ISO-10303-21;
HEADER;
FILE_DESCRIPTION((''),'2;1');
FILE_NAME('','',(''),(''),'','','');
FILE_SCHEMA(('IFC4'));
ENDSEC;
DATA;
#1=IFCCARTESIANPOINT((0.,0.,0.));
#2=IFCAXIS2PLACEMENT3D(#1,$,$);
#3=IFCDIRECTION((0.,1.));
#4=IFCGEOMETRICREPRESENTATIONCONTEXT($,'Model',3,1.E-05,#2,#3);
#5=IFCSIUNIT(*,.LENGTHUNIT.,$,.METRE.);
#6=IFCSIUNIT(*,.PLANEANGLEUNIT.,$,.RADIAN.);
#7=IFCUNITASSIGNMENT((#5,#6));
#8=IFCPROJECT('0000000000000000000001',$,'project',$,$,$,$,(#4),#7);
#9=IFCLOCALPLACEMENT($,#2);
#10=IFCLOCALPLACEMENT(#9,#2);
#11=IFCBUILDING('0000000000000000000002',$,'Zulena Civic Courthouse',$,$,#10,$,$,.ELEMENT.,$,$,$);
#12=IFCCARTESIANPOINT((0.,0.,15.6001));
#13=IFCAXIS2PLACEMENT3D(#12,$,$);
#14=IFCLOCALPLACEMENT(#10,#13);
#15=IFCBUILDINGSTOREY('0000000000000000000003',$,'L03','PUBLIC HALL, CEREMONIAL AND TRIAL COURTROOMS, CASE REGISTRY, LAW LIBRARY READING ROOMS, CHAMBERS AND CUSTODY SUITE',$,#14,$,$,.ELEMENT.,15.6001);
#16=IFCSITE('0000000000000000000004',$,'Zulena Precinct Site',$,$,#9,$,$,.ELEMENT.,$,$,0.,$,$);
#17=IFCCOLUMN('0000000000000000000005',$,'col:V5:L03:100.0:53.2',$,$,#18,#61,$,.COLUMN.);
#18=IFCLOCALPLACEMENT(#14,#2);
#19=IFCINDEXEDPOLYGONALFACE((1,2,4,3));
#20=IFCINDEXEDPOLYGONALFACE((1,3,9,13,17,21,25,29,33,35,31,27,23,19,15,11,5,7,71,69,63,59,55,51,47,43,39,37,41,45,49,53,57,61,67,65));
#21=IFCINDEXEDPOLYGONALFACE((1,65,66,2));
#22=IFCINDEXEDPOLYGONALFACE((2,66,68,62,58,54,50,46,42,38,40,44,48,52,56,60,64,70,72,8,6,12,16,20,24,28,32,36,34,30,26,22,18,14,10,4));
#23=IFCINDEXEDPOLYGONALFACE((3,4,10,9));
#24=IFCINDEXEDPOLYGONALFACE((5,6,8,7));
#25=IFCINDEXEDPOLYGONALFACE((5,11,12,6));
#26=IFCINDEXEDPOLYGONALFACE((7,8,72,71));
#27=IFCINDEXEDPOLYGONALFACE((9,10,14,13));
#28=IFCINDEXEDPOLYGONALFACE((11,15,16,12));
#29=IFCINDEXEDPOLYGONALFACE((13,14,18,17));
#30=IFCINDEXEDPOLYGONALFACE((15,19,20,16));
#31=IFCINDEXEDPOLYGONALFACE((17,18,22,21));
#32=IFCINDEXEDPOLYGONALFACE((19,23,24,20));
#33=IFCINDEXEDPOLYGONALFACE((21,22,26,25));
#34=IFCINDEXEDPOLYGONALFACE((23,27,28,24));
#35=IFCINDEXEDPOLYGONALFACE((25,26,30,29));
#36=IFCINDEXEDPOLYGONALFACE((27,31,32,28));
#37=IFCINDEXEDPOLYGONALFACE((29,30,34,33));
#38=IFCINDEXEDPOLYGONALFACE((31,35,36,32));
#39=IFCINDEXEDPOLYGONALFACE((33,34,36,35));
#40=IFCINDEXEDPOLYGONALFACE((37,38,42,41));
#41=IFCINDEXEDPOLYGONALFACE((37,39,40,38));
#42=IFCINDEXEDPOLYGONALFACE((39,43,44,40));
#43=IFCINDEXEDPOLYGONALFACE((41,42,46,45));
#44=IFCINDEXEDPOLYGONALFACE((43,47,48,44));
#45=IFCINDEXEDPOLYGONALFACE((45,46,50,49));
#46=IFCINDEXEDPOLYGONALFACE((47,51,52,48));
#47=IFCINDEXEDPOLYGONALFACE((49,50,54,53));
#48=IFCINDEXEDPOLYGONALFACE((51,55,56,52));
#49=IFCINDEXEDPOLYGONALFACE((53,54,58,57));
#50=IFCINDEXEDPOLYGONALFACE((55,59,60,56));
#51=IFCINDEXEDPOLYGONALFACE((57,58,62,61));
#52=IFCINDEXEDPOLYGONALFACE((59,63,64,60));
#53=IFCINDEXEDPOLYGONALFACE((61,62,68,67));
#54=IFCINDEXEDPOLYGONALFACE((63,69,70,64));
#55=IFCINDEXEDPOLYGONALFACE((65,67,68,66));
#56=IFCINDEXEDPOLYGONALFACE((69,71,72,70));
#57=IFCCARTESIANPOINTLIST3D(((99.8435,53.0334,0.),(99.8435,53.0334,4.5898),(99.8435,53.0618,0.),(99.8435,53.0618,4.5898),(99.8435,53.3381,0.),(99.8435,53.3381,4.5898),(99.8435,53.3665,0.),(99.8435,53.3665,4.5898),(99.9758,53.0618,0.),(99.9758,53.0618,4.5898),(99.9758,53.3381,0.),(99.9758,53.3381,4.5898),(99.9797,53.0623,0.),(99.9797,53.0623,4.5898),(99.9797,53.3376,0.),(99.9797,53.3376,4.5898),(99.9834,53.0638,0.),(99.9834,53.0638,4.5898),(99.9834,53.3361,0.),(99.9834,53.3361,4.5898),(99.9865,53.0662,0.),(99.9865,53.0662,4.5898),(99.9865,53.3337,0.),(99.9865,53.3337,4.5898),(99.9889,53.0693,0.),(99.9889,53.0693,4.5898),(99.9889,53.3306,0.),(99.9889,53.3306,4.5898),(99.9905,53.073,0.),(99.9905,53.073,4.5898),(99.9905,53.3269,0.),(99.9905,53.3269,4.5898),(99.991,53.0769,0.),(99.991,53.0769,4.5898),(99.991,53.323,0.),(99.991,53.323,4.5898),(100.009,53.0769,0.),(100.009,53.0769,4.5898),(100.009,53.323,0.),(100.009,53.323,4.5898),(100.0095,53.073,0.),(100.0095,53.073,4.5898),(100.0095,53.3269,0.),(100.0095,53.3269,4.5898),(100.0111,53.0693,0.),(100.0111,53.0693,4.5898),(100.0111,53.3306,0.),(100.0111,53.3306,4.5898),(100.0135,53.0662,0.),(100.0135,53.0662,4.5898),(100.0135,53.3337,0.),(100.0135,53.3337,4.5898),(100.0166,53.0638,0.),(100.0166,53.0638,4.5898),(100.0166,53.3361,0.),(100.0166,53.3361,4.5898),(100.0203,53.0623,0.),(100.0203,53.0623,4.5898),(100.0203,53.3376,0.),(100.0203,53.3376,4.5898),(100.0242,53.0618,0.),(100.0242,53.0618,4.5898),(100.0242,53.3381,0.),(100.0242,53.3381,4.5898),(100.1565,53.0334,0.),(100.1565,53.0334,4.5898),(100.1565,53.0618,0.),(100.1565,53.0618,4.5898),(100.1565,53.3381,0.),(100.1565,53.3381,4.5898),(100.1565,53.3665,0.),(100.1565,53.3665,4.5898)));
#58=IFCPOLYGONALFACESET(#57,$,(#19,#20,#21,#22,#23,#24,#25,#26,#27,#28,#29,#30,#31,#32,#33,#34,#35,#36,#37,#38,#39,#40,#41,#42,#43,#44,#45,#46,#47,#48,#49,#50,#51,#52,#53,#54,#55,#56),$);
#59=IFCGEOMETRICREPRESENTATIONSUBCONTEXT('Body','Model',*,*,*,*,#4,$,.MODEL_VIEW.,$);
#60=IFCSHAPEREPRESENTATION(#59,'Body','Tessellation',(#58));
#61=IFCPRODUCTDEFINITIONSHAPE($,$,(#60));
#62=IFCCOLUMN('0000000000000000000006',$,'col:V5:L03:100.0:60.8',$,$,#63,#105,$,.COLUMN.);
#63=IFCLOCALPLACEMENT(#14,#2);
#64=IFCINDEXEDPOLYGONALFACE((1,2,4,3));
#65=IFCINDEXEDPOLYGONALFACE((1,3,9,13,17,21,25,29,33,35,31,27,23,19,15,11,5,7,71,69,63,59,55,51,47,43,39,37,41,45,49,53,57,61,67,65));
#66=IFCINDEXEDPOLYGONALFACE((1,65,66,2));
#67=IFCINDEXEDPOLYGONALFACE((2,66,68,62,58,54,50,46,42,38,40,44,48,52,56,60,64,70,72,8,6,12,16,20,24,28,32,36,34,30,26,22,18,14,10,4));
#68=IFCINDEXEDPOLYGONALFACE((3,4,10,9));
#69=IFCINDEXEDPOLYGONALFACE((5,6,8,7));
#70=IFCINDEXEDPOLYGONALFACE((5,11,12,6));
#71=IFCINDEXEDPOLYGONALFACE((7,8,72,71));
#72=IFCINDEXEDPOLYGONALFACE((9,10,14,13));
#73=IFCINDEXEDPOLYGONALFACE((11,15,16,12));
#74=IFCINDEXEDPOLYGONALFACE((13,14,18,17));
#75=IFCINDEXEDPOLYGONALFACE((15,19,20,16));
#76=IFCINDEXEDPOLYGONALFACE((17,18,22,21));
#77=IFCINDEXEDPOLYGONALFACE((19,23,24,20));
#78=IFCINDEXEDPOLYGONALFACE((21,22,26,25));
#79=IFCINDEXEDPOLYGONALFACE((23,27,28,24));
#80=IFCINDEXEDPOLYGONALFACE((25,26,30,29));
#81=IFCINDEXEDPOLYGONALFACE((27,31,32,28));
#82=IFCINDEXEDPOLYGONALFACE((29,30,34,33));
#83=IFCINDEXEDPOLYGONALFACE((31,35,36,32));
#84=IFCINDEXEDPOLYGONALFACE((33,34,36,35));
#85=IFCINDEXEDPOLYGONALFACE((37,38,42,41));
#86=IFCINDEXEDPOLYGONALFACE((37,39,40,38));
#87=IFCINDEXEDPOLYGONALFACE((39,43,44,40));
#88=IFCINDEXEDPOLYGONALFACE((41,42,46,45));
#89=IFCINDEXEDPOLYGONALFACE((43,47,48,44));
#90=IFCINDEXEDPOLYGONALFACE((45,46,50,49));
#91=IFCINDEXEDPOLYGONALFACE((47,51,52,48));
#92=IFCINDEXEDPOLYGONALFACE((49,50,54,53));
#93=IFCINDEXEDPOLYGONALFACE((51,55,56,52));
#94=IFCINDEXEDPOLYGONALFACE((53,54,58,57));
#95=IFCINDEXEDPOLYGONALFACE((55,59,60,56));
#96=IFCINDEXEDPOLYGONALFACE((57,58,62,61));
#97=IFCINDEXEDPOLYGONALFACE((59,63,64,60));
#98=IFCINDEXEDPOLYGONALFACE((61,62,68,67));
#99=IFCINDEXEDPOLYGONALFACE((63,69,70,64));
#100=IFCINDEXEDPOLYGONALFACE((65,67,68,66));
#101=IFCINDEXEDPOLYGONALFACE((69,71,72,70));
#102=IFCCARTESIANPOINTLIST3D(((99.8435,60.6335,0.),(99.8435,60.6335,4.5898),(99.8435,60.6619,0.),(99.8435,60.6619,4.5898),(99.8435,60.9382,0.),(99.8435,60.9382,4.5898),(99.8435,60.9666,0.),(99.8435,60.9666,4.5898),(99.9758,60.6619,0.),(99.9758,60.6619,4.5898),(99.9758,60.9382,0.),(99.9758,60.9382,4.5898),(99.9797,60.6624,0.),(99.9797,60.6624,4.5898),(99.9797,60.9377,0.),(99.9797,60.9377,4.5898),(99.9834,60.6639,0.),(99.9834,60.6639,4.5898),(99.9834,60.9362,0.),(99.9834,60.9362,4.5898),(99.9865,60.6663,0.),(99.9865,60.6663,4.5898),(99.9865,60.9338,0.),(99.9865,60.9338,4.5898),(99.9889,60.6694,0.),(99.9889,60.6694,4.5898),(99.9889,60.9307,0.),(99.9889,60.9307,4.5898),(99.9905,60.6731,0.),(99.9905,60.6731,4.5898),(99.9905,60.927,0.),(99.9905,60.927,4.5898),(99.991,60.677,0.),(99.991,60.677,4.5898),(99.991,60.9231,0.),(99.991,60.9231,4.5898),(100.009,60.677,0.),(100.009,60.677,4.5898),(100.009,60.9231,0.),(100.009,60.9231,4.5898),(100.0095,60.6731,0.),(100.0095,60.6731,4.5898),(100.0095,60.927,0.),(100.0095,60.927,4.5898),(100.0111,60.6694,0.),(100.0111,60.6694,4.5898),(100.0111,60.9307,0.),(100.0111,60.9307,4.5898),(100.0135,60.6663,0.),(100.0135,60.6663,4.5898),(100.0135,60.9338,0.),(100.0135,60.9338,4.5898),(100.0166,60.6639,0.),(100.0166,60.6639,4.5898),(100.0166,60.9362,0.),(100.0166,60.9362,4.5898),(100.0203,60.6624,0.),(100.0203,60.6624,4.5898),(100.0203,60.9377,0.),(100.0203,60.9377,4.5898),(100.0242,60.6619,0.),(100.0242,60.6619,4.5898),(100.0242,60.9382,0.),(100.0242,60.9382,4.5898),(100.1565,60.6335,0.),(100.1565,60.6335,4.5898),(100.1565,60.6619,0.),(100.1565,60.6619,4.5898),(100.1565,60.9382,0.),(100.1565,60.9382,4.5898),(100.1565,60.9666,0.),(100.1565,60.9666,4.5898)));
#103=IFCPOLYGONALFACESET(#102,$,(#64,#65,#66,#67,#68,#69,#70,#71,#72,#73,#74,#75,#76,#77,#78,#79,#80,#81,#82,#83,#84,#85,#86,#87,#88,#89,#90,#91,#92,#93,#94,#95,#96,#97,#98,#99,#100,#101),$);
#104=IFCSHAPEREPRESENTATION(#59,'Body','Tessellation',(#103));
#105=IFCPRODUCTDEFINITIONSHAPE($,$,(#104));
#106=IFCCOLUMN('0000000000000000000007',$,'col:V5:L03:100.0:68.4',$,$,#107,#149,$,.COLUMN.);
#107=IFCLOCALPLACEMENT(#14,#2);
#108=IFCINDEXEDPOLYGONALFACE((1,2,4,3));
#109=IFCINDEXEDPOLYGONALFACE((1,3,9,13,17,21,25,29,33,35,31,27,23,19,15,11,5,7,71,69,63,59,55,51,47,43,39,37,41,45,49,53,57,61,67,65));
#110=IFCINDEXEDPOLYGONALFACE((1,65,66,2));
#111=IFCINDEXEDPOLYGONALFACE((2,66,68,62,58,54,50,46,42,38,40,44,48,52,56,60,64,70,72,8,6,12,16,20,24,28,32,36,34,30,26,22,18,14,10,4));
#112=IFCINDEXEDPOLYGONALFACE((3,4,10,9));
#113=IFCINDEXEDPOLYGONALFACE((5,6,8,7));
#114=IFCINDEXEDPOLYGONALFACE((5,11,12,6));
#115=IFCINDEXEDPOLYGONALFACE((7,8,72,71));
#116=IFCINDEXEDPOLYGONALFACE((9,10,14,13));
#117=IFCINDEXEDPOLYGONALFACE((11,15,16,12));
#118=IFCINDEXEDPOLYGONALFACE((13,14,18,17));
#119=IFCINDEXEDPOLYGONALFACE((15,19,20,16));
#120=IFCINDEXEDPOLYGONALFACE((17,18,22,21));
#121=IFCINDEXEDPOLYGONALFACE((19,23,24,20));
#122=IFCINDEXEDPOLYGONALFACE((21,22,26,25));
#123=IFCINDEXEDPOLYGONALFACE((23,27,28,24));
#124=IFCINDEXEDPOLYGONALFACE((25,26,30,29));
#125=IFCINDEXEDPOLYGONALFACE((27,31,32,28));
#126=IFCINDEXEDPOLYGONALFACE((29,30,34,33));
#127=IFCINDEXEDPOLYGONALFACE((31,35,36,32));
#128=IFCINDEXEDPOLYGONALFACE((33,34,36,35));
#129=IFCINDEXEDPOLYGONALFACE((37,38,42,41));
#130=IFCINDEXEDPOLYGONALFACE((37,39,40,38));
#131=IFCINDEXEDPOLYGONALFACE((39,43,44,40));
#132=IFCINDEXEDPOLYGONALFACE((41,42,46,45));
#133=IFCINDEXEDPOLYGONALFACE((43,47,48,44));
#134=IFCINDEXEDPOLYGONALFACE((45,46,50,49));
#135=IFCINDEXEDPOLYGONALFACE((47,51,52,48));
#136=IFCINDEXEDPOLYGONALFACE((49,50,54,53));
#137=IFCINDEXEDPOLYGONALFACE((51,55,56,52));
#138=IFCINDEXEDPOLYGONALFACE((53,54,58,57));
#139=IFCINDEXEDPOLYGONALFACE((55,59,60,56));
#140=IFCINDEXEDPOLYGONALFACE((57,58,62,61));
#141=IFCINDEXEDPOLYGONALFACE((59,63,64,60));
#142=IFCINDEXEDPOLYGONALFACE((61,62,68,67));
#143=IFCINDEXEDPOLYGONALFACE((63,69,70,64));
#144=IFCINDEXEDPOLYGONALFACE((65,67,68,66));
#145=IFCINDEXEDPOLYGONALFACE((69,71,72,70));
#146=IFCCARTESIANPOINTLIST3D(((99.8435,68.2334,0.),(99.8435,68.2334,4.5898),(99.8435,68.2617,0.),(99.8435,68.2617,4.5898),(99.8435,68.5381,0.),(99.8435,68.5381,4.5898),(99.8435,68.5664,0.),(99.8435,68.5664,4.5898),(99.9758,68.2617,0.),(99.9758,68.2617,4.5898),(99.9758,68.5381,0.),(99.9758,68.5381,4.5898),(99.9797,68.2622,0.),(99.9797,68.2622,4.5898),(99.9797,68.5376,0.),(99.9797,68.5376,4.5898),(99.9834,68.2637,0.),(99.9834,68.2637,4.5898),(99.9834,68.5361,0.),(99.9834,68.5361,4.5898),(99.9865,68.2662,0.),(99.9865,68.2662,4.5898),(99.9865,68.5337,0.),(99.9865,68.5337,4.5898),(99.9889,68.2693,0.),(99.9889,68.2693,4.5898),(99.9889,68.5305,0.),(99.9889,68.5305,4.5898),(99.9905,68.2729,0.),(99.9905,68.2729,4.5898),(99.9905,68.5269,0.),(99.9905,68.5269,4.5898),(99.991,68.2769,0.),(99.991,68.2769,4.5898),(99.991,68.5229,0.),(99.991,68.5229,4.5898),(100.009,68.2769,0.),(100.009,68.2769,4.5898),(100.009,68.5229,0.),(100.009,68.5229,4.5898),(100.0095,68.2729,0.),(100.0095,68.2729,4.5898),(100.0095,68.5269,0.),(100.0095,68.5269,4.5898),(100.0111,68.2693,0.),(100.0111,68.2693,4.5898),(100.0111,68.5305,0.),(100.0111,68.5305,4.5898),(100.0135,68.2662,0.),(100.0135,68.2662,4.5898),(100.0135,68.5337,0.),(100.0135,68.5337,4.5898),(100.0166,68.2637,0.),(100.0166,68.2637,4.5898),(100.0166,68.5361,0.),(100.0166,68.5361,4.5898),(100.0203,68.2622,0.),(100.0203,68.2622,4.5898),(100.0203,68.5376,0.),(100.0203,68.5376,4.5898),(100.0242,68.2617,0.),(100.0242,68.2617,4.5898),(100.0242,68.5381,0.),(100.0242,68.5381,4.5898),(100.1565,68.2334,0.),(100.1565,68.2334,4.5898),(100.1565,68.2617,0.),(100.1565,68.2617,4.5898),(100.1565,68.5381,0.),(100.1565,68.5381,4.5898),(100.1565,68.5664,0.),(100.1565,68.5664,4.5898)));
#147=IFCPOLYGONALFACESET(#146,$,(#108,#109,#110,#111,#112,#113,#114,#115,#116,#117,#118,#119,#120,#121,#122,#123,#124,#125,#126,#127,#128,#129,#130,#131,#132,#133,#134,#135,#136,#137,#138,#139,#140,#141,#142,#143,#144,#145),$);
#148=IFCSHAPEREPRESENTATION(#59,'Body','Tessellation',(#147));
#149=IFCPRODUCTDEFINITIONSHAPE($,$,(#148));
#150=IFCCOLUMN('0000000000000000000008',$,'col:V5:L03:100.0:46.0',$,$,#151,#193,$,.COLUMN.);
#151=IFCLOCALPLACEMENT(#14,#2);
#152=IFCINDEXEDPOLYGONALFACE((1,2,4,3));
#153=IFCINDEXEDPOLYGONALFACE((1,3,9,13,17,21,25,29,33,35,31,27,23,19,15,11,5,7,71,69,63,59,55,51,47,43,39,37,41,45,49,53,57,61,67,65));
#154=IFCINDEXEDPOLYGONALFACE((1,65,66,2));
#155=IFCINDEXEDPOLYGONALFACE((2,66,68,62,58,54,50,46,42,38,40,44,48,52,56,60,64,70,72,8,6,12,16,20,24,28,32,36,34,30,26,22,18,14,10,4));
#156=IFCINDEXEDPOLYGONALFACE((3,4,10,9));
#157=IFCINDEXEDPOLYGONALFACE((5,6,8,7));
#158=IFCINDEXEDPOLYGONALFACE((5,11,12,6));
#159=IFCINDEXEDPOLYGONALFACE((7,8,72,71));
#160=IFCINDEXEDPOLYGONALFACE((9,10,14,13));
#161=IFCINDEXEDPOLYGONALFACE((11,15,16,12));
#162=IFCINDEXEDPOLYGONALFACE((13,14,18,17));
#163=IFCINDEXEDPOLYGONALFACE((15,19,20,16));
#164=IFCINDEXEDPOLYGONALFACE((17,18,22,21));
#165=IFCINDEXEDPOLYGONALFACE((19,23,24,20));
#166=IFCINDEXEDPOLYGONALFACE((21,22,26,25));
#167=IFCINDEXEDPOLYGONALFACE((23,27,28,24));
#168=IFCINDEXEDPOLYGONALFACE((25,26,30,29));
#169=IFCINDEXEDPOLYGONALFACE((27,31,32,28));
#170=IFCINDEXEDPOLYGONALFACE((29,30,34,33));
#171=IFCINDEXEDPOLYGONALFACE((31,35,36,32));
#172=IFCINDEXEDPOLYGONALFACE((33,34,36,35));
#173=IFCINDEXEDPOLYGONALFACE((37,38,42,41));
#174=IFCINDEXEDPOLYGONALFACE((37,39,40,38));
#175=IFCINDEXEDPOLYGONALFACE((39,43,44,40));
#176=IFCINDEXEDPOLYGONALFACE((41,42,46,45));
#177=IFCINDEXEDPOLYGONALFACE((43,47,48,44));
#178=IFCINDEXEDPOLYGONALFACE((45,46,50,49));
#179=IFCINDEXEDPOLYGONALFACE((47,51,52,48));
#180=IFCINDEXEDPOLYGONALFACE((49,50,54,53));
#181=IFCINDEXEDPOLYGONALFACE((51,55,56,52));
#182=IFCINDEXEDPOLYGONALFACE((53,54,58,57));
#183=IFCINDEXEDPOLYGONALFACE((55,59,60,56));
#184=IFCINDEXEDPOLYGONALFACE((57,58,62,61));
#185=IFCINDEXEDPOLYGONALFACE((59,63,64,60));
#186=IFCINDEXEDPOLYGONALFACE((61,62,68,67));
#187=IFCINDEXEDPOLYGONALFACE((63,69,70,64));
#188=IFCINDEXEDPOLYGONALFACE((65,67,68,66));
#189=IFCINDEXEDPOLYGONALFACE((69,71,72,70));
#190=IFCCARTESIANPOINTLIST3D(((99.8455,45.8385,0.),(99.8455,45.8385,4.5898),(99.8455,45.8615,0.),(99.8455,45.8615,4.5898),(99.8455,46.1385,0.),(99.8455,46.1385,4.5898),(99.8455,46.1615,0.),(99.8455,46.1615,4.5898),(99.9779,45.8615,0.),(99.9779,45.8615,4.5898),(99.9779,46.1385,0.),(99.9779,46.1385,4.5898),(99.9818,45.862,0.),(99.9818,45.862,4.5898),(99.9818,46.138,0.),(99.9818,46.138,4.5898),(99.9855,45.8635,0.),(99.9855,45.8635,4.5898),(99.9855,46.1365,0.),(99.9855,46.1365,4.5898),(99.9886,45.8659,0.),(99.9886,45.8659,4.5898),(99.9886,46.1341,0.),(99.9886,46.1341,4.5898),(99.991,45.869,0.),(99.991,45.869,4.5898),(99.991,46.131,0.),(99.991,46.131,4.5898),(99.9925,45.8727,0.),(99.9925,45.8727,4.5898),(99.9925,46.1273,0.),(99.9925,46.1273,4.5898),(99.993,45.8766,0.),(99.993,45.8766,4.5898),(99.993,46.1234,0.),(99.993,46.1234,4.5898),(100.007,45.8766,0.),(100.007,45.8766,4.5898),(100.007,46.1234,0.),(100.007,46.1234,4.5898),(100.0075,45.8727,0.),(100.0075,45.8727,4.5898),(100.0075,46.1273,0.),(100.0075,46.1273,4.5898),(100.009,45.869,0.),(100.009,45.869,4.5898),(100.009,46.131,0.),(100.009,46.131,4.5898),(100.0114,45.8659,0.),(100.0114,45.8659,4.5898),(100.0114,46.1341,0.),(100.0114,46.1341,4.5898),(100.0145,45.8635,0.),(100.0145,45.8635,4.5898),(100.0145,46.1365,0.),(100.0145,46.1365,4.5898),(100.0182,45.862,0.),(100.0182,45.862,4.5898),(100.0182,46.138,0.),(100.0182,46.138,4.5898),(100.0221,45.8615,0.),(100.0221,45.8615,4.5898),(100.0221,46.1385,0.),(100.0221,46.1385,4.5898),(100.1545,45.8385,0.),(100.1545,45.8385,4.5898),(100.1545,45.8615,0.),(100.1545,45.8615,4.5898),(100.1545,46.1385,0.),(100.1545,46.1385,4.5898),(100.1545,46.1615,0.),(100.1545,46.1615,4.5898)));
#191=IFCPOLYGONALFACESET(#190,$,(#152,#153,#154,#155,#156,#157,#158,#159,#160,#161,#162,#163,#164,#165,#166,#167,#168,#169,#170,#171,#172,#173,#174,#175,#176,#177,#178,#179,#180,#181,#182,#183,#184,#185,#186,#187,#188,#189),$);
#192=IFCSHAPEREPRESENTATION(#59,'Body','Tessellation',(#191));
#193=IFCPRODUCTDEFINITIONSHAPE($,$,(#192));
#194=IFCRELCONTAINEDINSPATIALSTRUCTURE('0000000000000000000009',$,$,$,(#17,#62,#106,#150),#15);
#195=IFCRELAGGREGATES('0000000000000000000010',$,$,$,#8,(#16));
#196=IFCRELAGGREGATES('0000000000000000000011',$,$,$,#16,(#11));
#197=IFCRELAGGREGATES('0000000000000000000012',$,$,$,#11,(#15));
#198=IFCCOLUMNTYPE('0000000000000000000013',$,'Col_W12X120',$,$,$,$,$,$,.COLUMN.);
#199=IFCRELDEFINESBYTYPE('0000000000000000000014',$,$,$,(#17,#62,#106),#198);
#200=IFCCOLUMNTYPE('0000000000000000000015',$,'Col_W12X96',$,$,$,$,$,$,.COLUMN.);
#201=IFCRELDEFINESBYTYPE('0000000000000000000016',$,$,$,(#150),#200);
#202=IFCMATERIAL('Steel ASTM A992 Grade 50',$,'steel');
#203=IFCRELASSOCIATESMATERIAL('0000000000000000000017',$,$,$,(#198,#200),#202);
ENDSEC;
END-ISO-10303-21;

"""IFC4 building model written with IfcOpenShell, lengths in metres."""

from ifc_helpers import new_model, si_unit, direction, frame, origin, origin_2d, place, context, subcontext, project, spatial, i_section, extrude, material, material_profile, profile_set, type_object, element, save


model = new_model("IFC4")

# Units and contexts
model_context = context("Model", 3, precision=1e-05, world=origin(), true_north=direction((0.0, 1.0)))
body_context = subcontext(model_context, "Body", "Model", "MODEL_VIEW")
ifc_project = project(units=[si_unit("LENGTHUNIT", "METRE"), si_unit("PLANEANGLEUNIT", "RADIAN")], contexts=[model_context])

# Site, building, storey
site_placement = place(None, origin())
site = spatial("IfcSite", under=ifc_project, at=site_placement, Name="Zulena Precinct Site", CompositionType="ELEMENT", RefElevation=0.0)
building_placement = place(site_placement, origin())
building = spatial("IfcBuilding", under=site, at=building_placement, Name="Zulena Civic Courthouse", CompositionType="ELEMENT")
storey_placement = place(building_placement, frame((0.0, 0.0, 15.6001)))
storey = spatial("IfcBuildingStorey", under=building, at=storey_placement, Name="L03", Description="PUBLIC HALL, CEREMONIAL AND TRIAL COURTROOMS, CASE REGISTRY, LAW LIBRARY READING ROOMS, CHAMBERS AND CUSTODY SUITE", CompositionType="ELEMENT", Elevation=15.6001)

# Columns
ifc_material_1 = material(Name="Steel ASTM A992 Grade 50", Category="steel")
ifc_material_profile_1 = material_profile(ifc_material_1, i_section(OverallWidth=0.313, OverallDepth=0.333, WebThickness=0.0181, FlangeThickness=0.0283, FilletRadius=0.0151, at=origin_2d()), Name="W12X120")
ifc_profile_set_1 = profile_set([ifc_material_profile_1], Name="Steel ASTM A992 Grade 50")
column_type_1 = type_object("IfcColumnType", Name="Col_W12X120", PredefinedType="COLUMN", material=ifc_profile_set_1)
for number, where, z_axis, x_axis, name in (
    (1, (100.0, 53.2, 0.0), (0.0, 0.0, 1.0), (1.0, 0.0, 0.0), "col:V5:L03:100.0:53.2"),
    (2, (100.0, 60.8, 0.0), (0.0, 0.0, 1.0), (1.0, 0.0, 0.0), "col:V5:L03:100.0:60.8"),
    (3, (100.0, 68.3999, 0.0), (0.0, 0.0, 1.0), (1.0, 0.0, 0.0), "col:V5:L03:100.0:68.4"),
):
    element("IfcColumn", number, at=place(storey_placement, frame(where, z_axis=z_axis, x_axis=x_axis)), inside=storey, type_object=column_type_1, Name=name, PredefinedType="COLUMN", context=body_context, shape_type="SweptSolid", body=[
        extrude(i_section(OverallWidth=0.313, OverallDepth=0.333, WebThickness=0.0181, FlangeThickness=0.0283, FilletRadius=0.0151, at=origin_2d()), origin(), (0.0, 0.0, 1.0), 4.5898),
    ])
ifc_material_profile_2 = material_profile(ifc_material_1, i_section(OverallWidth=0.3091, OverallDepth=0.323, WebThickness=0.0139, FlangeThickness=0.0229, FilletRadius=0.0151, at=origin_2d()), Name="W12X96")
ifc_profile_set_2 = profile_set([ifc_material_profile_2], Name="Steel ASTM A992 Grade 50")
column_type_2 = type_object("IfcColumnType", Name="Col_W12X96", PredefinedType="COLUMN", material=ifc_profile_set_2)
for number, where, z_axis, x_axis, name in (
    (4, (100.0, 46.0, 0.0), (0.0, 0.0, 1.0), (1.0, 0.0, 0.0), "col:V5:L03:100.0:46.0"),
):
    element("IfcColumn", number, at=place(storey_placement, frame(where, z_axis=z_axis, x_axis=x_axis)), inside=storey, type_object=column_type_2, Name=name, PredefinedType="COLUMN", context=body_context, shape_type="SweptSolid", body=[
        extrude(i_section(OverallWidth=0.3091, OverallDepth=0.323, WebThickness=0.0139, FlangeThickness=0.0229, FilletRadius=0.0151, at=origin_2d()), origin(), (0.0, 0.0, 1.0), 4.5898),
    ])

save(model, "model.ifc")
